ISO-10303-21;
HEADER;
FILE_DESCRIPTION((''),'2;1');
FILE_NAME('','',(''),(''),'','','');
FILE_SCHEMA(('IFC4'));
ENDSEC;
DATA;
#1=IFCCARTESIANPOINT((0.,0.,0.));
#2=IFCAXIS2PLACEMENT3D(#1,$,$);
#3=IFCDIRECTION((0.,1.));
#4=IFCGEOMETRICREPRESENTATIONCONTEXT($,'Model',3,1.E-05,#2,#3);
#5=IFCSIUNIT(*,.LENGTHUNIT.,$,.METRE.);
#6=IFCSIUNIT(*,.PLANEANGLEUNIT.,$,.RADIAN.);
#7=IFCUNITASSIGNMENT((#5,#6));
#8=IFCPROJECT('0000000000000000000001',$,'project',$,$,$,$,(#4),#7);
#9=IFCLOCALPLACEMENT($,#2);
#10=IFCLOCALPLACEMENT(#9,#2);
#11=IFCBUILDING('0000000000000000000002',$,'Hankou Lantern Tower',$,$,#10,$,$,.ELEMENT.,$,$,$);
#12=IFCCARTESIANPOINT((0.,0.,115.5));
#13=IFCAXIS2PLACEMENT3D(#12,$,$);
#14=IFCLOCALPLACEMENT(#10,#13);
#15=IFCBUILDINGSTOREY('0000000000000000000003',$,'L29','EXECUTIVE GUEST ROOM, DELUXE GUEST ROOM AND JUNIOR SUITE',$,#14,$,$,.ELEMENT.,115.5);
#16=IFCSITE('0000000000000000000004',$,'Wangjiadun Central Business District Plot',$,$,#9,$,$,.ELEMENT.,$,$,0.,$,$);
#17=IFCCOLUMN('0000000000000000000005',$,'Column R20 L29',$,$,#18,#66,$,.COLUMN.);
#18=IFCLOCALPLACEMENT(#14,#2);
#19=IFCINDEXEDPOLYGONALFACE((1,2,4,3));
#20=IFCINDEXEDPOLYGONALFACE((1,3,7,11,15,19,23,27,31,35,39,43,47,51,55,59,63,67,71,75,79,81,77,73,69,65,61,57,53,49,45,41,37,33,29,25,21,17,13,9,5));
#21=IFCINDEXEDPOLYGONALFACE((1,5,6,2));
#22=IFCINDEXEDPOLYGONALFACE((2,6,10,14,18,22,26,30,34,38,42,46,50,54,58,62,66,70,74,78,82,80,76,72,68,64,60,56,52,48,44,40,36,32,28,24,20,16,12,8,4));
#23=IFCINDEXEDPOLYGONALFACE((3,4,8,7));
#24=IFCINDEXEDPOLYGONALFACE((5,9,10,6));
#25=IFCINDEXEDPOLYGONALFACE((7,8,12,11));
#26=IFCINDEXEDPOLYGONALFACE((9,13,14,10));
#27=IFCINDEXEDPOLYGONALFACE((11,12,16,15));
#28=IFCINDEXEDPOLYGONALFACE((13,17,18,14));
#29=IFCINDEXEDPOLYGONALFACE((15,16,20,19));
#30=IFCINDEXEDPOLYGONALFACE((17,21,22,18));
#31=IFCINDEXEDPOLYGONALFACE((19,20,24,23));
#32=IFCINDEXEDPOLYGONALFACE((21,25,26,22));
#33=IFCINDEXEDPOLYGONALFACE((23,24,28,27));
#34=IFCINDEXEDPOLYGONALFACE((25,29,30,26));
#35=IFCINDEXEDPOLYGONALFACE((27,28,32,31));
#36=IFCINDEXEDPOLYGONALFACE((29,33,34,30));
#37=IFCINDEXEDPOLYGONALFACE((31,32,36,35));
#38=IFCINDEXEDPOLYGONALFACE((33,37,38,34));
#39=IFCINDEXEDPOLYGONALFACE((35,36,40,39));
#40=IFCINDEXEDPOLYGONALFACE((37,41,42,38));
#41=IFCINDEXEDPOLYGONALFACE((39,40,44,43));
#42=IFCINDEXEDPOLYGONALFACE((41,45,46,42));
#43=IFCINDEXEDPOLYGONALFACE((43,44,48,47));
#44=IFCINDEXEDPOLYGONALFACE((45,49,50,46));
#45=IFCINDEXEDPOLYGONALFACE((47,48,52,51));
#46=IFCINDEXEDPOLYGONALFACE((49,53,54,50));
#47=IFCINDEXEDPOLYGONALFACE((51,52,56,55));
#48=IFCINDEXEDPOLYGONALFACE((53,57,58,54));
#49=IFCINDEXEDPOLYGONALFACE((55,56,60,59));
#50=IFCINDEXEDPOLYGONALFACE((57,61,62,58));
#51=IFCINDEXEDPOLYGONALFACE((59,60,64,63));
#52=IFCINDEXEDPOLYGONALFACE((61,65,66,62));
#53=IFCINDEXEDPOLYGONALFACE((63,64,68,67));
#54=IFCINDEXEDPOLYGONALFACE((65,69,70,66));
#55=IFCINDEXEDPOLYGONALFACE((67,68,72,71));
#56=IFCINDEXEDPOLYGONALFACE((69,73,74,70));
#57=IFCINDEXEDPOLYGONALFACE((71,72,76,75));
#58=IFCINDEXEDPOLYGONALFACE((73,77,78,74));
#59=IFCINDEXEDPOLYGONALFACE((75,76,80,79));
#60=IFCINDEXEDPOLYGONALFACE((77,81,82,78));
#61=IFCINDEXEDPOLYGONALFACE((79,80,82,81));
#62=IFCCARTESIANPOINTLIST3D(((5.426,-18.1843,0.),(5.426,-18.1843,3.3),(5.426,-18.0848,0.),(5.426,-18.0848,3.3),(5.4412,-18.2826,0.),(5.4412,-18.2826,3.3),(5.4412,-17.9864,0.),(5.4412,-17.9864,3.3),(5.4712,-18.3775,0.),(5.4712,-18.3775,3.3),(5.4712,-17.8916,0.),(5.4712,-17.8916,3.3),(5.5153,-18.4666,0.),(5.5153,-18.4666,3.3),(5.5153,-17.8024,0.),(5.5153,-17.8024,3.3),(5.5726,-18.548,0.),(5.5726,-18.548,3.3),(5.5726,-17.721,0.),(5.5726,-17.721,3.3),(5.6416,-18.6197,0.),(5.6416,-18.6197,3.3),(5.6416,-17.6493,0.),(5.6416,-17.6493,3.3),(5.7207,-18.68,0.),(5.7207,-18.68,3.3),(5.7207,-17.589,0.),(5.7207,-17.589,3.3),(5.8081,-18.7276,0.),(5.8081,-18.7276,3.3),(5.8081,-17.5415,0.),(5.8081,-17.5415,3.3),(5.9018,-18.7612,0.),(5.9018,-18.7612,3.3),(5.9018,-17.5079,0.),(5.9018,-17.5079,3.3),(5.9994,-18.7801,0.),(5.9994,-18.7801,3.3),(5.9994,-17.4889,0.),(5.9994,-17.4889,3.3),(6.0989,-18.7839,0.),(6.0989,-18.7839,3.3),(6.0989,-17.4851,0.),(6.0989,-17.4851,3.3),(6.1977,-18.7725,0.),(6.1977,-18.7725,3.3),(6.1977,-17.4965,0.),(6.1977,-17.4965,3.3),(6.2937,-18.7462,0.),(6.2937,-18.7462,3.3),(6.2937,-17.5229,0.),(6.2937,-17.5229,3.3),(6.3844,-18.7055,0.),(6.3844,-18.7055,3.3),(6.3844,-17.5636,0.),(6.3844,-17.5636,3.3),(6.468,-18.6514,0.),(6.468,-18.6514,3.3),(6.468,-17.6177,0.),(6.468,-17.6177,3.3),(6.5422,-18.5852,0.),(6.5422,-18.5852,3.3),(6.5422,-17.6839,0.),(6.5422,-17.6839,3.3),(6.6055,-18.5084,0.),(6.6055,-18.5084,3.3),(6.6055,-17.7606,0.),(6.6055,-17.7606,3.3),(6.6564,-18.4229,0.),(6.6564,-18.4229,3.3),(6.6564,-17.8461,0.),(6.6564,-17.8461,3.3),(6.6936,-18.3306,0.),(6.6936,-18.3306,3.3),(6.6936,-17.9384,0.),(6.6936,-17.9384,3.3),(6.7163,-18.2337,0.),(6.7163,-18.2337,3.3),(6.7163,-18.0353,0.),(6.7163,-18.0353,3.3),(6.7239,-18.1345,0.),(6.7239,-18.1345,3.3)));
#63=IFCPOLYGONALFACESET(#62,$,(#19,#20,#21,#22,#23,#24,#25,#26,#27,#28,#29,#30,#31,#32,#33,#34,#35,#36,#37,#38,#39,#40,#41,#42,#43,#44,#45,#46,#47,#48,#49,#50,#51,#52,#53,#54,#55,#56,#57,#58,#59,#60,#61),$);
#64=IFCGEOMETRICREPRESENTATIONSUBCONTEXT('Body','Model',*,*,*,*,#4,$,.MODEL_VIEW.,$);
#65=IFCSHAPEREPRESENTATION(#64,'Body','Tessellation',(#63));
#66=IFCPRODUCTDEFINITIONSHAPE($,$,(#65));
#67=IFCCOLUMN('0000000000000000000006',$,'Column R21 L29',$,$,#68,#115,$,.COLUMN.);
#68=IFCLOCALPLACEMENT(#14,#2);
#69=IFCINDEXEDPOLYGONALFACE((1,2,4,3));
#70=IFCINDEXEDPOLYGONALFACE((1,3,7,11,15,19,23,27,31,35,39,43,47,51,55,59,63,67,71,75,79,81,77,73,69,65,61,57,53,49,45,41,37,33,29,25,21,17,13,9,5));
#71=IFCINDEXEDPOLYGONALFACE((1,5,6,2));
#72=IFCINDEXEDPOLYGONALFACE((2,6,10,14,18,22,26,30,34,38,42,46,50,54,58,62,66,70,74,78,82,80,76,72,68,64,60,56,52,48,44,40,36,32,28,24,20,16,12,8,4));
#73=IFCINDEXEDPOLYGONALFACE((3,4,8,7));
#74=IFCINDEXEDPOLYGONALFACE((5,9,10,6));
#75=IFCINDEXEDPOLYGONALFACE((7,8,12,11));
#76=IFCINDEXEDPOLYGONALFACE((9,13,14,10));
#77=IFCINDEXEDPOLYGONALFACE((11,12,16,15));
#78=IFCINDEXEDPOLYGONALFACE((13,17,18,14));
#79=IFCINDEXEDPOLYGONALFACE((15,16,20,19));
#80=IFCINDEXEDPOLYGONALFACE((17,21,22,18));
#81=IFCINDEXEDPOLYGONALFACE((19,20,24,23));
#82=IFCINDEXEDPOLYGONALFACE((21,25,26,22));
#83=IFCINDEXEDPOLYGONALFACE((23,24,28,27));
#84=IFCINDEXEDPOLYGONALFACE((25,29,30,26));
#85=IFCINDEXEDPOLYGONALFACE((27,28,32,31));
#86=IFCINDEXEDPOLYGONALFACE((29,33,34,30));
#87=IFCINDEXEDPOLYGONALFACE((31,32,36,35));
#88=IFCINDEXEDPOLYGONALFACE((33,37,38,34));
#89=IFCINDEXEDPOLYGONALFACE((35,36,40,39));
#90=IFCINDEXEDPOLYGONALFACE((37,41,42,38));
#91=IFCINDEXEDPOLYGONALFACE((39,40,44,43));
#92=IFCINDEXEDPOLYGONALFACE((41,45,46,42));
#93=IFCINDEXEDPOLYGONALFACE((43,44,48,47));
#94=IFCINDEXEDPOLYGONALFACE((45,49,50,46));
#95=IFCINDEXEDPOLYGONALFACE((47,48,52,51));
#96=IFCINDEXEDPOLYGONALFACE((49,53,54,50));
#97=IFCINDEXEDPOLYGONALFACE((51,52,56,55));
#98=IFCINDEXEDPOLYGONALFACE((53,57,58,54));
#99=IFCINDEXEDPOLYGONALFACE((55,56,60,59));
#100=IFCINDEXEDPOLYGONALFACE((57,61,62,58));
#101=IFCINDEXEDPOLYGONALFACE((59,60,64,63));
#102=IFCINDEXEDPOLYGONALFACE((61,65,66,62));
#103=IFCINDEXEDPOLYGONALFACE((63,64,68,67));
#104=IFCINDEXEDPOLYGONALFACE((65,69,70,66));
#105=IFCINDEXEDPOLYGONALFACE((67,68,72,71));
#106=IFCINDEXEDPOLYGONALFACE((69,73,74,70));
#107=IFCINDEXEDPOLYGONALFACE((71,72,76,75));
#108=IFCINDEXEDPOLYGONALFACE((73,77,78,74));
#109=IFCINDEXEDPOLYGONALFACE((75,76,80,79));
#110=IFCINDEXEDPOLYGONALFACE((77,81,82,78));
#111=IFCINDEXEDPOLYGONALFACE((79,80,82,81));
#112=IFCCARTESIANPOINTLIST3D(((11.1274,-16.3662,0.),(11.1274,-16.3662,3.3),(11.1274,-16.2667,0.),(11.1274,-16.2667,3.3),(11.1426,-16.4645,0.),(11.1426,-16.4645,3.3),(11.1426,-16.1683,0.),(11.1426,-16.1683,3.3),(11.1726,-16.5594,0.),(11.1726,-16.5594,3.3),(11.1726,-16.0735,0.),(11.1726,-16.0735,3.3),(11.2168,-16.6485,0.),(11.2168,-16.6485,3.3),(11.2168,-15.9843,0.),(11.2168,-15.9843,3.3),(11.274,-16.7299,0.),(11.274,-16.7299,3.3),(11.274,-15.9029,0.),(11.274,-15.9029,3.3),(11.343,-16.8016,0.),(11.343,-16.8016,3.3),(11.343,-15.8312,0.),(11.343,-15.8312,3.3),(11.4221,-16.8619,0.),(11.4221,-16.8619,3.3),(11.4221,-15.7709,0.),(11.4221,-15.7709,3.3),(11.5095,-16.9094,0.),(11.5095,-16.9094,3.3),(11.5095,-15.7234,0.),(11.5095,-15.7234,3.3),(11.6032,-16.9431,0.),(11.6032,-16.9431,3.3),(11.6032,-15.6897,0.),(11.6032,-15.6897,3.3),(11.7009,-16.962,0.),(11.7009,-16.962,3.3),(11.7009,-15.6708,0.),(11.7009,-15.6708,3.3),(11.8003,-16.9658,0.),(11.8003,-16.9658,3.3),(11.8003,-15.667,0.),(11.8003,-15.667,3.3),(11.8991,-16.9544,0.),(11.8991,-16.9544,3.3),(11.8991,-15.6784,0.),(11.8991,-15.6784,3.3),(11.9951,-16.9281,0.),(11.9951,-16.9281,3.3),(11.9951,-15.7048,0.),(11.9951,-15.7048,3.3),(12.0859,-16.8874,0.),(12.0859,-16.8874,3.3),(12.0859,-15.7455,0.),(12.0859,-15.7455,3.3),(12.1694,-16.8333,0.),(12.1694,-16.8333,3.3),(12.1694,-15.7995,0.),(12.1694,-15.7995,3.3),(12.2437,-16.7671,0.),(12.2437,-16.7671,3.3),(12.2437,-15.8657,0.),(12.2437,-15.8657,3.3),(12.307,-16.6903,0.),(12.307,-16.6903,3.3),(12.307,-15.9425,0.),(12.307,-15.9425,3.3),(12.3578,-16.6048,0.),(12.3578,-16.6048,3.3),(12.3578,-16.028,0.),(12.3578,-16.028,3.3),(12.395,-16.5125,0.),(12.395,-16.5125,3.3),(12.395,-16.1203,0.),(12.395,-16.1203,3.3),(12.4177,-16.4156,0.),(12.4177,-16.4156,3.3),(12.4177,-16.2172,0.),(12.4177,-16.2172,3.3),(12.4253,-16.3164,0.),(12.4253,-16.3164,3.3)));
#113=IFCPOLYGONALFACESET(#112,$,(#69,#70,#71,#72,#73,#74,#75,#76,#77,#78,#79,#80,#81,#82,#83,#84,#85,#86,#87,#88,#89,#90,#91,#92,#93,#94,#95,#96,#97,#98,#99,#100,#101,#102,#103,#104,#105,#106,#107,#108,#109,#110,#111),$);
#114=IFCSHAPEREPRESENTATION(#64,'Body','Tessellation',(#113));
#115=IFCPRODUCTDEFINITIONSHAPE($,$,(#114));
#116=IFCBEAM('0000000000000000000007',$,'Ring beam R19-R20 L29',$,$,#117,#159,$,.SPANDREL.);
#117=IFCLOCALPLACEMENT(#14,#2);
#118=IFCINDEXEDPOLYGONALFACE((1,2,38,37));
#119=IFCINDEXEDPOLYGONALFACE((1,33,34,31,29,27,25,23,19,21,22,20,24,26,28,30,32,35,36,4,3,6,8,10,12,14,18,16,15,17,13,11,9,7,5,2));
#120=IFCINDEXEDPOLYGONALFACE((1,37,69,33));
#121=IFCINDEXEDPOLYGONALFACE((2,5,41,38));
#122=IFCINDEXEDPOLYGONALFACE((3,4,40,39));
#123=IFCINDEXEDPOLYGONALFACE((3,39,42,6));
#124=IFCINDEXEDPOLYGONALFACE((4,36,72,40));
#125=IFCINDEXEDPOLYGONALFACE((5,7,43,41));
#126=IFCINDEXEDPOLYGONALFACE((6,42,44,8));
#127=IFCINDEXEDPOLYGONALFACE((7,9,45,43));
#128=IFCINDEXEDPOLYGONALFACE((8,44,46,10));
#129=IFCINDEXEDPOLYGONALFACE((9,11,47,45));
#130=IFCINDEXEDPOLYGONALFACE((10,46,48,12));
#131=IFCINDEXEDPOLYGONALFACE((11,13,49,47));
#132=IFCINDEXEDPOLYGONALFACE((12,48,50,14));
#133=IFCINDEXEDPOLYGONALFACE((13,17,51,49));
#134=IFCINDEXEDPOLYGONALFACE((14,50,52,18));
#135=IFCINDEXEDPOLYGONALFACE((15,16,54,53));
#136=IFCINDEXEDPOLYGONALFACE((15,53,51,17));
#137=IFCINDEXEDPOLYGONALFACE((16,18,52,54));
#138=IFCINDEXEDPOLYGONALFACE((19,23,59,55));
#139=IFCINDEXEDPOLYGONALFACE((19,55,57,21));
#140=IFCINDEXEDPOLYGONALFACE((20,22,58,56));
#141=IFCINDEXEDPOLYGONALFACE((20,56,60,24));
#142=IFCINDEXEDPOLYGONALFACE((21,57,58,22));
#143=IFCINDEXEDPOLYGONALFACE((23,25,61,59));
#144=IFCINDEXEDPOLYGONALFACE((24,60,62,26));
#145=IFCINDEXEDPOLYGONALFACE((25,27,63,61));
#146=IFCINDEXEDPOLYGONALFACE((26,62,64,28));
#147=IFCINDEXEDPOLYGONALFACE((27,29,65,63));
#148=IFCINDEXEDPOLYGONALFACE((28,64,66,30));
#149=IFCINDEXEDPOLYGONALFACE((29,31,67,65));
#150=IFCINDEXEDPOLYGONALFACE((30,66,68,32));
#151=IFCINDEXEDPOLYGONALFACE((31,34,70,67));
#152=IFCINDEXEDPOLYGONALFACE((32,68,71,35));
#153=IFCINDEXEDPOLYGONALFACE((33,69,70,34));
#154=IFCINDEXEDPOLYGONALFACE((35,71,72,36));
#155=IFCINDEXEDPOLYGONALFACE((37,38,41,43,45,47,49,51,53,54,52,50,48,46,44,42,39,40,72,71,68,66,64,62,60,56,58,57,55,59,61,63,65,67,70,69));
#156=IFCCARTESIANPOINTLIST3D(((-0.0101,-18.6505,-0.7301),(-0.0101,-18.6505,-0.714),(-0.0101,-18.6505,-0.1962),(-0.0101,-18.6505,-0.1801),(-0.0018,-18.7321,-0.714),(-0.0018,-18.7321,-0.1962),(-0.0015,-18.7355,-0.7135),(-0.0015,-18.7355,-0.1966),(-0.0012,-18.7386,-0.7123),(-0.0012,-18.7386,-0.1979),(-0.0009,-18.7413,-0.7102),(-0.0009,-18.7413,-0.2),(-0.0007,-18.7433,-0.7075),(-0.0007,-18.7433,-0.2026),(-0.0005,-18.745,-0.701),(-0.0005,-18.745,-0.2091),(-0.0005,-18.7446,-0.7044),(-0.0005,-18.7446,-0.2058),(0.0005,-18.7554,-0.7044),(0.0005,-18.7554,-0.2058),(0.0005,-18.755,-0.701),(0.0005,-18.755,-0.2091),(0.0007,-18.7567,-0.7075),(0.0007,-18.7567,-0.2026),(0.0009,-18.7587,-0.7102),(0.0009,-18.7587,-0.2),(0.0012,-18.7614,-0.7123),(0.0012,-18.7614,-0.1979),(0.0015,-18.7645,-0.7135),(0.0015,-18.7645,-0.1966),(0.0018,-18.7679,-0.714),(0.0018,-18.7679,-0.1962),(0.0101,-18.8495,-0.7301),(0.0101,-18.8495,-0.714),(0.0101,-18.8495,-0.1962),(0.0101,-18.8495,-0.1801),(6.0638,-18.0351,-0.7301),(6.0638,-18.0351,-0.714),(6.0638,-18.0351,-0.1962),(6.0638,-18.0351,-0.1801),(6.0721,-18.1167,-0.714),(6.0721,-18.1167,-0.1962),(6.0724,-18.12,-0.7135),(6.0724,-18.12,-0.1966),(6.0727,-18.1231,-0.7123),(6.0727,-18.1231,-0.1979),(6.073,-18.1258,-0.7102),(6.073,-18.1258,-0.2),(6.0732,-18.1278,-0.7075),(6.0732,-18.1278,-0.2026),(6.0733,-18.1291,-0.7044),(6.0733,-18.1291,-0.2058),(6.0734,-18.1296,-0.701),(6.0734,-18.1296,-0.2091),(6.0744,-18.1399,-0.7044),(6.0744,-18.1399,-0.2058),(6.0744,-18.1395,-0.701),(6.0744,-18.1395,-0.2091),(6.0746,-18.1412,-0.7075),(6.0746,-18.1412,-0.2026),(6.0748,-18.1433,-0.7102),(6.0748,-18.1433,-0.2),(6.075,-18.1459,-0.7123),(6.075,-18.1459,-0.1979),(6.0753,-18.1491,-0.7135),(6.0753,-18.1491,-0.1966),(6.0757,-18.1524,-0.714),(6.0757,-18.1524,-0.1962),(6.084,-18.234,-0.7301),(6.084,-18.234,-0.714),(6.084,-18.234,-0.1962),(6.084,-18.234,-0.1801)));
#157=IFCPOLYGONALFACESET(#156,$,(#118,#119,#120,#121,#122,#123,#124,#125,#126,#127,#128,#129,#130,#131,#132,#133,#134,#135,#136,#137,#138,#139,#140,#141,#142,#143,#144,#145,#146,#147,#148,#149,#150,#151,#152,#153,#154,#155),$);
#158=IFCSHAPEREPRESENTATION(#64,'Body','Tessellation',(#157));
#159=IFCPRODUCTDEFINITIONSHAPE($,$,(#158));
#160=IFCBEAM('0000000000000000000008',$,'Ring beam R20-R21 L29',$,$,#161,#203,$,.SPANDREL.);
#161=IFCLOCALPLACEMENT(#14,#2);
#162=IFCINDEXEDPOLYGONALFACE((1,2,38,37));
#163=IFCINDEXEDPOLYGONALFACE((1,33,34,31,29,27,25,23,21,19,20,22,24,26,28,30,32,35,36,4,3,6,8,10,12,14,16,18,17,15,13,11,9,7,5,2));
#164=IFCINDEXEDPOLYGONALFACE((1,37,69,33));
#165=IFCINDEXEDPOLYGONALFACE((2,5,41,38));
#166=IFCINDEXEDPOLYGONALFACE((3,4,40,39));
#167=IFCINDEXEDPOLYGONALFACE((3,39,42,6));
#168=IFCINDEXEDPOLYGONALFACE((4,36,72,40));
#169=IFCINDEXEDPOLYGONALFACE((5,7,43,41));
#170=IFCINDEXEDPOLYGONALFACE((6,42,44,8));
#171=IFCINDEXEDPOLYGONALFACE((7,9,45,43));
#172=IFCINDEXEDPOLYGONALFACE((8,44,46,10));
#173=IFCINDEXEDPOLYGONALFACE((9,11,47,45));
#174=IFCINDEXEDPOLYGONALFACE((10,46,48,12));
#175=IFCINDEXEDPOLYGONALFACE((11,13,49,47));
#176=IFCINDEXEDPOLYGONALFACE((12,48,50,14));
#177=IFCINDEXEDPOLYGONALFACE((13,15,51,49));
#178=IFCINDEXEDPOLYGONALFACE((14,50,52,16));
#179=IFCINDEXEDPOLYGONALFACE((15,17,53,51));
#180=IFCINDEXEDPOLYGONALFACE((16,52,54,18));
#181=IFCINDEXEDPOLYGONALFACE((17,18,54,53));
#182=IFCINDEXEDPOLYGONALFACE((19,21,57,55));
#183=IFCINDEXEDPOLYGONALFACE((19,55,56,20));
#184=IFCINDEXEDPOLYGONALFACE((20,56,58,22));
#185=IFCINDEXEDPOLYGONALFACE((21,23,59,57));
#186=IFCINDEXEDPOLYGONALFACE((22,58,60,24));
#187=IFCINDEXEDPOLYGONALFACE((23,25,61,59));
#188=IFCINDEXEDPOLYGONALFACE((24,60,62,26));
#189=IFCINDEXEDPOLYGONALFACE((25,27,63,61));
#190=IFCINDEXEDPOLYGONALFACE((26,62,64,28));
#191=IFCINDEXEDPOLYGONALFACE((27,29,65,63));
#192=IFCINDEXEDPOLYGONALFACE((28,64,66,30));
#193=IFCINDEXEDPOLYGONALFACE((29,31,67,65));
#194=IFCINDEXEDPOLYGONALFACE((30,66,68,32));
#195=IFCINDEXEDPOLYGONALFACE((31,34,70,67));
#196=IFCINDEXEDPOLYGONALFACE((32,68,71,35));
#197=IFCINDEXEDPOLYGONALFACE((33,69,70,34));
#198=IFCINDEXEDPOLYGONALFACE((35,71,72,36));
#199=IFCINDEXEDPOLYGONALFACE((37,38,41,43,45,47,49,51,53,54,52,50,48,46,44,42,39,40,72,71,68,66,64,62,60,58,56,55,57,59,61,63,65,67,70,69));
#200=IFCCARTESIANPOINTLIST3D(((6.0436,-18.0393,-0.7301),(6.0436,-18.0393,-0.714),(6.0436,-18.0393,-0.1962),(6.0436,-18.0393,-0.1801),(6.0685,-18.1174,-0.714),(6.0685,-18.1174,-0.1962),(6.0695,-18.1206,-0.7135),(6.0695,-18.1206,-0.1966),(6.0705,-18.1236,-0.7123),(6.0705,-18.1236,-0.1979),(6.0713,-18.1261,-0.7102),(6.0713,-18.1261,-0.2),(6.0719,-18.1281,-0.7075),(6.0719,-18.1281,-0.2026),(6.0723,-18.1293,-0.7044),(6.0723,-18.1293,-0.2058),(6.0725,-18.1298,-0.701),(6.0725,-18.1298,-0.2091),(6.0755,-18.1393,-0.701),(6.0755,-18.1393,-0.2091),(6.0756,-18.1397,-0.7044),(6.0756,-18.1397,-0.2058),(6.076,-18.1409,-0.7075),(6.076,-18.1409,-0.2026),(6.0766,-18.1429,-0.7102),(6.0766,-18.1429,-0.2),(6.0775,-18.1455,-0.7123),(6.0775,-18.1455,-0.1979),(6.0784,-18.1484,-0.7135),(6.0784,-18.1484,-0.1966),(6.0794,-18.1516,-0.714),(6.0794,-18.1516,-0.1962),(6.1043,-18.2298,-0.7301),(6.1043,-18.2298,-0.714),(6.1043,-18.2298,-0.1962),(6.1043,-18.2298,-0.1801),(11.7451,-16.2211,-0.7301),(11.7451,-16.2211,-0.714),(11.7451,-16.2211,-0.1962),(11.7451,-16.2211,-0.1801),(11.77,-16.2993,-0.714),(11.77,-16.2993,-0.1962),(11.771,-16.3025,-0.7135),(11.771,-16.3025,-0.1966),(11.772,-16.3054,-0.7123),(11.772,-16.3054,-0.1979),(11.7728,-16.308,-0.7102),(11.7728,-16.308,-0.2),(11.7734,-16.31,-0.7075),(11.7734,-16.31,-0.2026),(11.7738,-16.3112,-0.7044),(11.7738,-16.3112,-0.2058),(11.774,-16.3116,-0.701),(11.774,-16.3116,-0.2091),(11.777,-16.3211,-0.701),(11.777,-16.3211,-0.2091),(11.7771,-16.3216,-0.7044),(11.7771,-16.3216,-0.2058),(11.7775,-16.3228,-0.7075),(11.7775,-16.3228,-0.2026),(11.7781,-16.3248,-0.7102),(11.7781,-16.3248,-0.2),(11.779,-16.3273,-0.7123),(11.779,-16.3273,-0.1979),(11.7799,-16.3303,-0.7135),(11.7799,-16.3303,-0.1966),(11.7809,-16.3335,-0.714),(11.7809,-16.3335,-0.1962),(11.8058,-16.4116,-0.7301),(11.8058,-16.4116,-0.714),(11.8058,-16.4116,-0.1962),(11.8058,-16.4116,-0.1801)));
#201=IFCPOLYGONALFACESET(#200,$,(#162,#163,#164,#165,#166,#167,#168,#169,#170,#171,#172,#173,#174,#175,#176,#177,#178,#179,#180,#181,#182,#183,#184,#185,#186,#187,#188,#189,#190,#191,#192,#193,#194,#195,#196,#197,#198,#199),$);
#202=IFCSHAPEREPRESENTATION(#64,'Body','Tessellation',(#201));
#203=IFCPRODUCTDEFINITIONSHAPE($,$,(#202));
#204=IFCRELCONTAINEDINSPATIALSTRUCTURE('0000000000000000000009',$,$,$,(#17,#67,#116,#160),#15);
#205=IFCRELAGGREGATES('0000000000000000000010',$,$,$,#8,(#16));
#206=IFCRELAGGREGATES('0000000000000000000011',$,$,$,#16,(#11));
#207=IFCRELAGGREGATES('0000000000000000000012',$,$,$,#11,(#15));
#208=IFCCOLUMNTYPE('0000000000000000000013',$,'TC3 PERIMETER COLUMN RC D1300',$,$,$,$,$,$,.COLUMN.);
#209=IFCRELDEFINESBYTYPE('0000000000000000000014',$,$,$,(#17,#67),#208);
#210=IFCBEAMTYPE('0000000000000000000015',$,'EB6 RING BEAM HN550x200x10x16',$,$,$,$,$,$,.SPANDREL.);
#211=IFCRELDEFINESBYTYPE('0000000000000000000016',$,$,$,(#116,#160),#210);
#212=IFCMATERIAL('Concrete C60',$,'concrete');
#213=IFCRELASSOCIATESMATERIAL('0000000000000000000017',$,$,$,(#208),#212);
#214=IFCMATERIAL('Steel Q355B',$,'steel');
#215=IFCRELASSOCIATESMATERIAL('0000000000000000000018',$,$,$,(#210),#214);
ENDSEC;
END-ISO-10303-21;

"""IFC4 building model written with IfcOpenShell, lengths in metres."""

from ifc_helpers import new_model, si_unit, direction, frame, origin, origin_2d, place, context, subcontext, project, spatial, circle, i_section, extrude, material, material_profile, profile_set, type_object, element, save


model = new_model("IFC4")

# Units and contexts
model_context = context("Model", 3, precision=1e-05, world=origin(), true_north=direction((0.0, 1.0)))
body_context = subcontext(model_context, "Body", "Model", "MODEL_VIEW")
ifc_project = project(units=[si_unit("LENGTHUNIT", "METRE"), si_unit("PLANEANGLEUNIT", "RADIAN")], contexts=[model_context])

# Site, building, storey
site_placement = place(None, origin())
site = spatial("IfcSite", under=ifc_project, at=site_placement, Name="Wangjiadun Central Business District Plot", CompositionType="ELEMENT", RefElevation=0.0)
building_placement = place(site_placement, origin())
building = spatial("IfcBuilding", under=site, at=building_placement, Name="Hankou Lantern Tower", CompositionType="ELEMENT")
storey_placement = place(building_placement, frame((0.0, 0.0, 115.5)))
storey = spatial("IfcBuildingStorey", under=building, at=storey_placement, Name="L29", Description="EXECUTIVE GUEST ROOM, DELUXE GUEST ROOM AND JUNIOR SUITE", CompositionType="ELEMENT", Elevation=115.5)

# Columns
ifc_material_1 = material(Name="Concrete C60", Category="concrete")
ifc_material_profile_1 = material_profile(ifc_material_1, circle(Radius=0.6499, at=origin_2d()), Name="RC D1300")
ifc_profile_set_1 = profile_set([ifc_material_profile_1], Name="Concrete C60")
column_type = type_object("IfcColumnType", Name="TC3 PERIMETER COLUMN RC D1300", PredefinedType="COLUMN", material=ifc_profile_set_1)
for number, where, z_axis, x_axis, name in (
    (1, (6.074, -18.1345, 0.0), (0.0, 0.0, 1.0), (1.0, 0.0, 0.0), "Column R20 L29"),
    (2, (11.7754, -16.3164, 0.0), (0.0, 0.0, 1.0), (1.0, 0.0, 0.0), "Column R21 L29"),
):
    element("IfcColumn", number, at=place(storey_placement, frame(where, z_axis=z_axis, x_axis=x_axis)), inside=storey, type_object=column_type, Name=name, PredefinedType="COLUMN", context=body_context, shape_type="SweptSolid", body=[
        extrude(circle(Radius=0.6499, at=origin_2d()), origin(), (0.0, 0.0, 1.0), 3.3),
    ])

# Beams
ifc_material_2 = material(Name="Steel Q355B", Category="steel")
ifc_material_profile_2 = material_profile(ifc_material_2, i_section(OverallWidth=0.2, OverallDepth=0.55, WebThickness=0.01, FlangeThickness=0.0161, FilletRadius=0.0129, at=origin_2d()), Name="HN550x200x10x16")
ifc_profile_set_2 = profile_set([ifc_material_profile_2], Name="Steel Q355B")
beam_type_1 = type_object("IfcBeamType", Name="EB6 RING BEAM HN550x200x10x16", PredefinedType="SPANDREL", material=ifc_profile_set_2)
beam_1_placement = place(storey_placement, frame((0.0, -18.75, -0.4551), z_axis=(0.994905, 0.100814, 0.0), x_axis=(-0.100814, 0.994905, 0.0)))
element("IfcBeam", 3, at=beam_1_placement, inside=storey, type_object=beam_type_1, Name="Ring beam R19-R20 L29", PredefinedType="SPANDREL", context=body_context, shape_type="SweptSolid", body=[
    extrude(i_section(OverallWidth=0.2, OverallDepth=0.55, WebThickness=0.01, FlangeThickness=0.0161, FilletRadius=0.0129, at=origin_2d()), origin(), (0.0, 0.0, 1.0), 6.105),
])
beam_2_placement = place(storey_placement, frame((6.074, -18.1345, -0.4551), z_axis=(0.952731, 0.303815, 0.0), x_axis=(-0.303815, 0.952731, 0.0)))
element("IfcBeam", 4, at=beam_2_placement, inside=storey, type_object=beam_type_1, Name="Ring beam R20-R21 L29", PredefinedType="SPANDREL", context=body_context, shape_type="SweptSolid", body=[
    extrude(i_section(OverallWidth=0.2, OverallDepth=0.55, WebThickness=0.01, FlangeThickness=0.0161, FilletRadius=0.0129, at=origin_2d()), origin(), (0.0, 0.0, 1.0), 5.9844),
])

save(model, "model.ifc")
